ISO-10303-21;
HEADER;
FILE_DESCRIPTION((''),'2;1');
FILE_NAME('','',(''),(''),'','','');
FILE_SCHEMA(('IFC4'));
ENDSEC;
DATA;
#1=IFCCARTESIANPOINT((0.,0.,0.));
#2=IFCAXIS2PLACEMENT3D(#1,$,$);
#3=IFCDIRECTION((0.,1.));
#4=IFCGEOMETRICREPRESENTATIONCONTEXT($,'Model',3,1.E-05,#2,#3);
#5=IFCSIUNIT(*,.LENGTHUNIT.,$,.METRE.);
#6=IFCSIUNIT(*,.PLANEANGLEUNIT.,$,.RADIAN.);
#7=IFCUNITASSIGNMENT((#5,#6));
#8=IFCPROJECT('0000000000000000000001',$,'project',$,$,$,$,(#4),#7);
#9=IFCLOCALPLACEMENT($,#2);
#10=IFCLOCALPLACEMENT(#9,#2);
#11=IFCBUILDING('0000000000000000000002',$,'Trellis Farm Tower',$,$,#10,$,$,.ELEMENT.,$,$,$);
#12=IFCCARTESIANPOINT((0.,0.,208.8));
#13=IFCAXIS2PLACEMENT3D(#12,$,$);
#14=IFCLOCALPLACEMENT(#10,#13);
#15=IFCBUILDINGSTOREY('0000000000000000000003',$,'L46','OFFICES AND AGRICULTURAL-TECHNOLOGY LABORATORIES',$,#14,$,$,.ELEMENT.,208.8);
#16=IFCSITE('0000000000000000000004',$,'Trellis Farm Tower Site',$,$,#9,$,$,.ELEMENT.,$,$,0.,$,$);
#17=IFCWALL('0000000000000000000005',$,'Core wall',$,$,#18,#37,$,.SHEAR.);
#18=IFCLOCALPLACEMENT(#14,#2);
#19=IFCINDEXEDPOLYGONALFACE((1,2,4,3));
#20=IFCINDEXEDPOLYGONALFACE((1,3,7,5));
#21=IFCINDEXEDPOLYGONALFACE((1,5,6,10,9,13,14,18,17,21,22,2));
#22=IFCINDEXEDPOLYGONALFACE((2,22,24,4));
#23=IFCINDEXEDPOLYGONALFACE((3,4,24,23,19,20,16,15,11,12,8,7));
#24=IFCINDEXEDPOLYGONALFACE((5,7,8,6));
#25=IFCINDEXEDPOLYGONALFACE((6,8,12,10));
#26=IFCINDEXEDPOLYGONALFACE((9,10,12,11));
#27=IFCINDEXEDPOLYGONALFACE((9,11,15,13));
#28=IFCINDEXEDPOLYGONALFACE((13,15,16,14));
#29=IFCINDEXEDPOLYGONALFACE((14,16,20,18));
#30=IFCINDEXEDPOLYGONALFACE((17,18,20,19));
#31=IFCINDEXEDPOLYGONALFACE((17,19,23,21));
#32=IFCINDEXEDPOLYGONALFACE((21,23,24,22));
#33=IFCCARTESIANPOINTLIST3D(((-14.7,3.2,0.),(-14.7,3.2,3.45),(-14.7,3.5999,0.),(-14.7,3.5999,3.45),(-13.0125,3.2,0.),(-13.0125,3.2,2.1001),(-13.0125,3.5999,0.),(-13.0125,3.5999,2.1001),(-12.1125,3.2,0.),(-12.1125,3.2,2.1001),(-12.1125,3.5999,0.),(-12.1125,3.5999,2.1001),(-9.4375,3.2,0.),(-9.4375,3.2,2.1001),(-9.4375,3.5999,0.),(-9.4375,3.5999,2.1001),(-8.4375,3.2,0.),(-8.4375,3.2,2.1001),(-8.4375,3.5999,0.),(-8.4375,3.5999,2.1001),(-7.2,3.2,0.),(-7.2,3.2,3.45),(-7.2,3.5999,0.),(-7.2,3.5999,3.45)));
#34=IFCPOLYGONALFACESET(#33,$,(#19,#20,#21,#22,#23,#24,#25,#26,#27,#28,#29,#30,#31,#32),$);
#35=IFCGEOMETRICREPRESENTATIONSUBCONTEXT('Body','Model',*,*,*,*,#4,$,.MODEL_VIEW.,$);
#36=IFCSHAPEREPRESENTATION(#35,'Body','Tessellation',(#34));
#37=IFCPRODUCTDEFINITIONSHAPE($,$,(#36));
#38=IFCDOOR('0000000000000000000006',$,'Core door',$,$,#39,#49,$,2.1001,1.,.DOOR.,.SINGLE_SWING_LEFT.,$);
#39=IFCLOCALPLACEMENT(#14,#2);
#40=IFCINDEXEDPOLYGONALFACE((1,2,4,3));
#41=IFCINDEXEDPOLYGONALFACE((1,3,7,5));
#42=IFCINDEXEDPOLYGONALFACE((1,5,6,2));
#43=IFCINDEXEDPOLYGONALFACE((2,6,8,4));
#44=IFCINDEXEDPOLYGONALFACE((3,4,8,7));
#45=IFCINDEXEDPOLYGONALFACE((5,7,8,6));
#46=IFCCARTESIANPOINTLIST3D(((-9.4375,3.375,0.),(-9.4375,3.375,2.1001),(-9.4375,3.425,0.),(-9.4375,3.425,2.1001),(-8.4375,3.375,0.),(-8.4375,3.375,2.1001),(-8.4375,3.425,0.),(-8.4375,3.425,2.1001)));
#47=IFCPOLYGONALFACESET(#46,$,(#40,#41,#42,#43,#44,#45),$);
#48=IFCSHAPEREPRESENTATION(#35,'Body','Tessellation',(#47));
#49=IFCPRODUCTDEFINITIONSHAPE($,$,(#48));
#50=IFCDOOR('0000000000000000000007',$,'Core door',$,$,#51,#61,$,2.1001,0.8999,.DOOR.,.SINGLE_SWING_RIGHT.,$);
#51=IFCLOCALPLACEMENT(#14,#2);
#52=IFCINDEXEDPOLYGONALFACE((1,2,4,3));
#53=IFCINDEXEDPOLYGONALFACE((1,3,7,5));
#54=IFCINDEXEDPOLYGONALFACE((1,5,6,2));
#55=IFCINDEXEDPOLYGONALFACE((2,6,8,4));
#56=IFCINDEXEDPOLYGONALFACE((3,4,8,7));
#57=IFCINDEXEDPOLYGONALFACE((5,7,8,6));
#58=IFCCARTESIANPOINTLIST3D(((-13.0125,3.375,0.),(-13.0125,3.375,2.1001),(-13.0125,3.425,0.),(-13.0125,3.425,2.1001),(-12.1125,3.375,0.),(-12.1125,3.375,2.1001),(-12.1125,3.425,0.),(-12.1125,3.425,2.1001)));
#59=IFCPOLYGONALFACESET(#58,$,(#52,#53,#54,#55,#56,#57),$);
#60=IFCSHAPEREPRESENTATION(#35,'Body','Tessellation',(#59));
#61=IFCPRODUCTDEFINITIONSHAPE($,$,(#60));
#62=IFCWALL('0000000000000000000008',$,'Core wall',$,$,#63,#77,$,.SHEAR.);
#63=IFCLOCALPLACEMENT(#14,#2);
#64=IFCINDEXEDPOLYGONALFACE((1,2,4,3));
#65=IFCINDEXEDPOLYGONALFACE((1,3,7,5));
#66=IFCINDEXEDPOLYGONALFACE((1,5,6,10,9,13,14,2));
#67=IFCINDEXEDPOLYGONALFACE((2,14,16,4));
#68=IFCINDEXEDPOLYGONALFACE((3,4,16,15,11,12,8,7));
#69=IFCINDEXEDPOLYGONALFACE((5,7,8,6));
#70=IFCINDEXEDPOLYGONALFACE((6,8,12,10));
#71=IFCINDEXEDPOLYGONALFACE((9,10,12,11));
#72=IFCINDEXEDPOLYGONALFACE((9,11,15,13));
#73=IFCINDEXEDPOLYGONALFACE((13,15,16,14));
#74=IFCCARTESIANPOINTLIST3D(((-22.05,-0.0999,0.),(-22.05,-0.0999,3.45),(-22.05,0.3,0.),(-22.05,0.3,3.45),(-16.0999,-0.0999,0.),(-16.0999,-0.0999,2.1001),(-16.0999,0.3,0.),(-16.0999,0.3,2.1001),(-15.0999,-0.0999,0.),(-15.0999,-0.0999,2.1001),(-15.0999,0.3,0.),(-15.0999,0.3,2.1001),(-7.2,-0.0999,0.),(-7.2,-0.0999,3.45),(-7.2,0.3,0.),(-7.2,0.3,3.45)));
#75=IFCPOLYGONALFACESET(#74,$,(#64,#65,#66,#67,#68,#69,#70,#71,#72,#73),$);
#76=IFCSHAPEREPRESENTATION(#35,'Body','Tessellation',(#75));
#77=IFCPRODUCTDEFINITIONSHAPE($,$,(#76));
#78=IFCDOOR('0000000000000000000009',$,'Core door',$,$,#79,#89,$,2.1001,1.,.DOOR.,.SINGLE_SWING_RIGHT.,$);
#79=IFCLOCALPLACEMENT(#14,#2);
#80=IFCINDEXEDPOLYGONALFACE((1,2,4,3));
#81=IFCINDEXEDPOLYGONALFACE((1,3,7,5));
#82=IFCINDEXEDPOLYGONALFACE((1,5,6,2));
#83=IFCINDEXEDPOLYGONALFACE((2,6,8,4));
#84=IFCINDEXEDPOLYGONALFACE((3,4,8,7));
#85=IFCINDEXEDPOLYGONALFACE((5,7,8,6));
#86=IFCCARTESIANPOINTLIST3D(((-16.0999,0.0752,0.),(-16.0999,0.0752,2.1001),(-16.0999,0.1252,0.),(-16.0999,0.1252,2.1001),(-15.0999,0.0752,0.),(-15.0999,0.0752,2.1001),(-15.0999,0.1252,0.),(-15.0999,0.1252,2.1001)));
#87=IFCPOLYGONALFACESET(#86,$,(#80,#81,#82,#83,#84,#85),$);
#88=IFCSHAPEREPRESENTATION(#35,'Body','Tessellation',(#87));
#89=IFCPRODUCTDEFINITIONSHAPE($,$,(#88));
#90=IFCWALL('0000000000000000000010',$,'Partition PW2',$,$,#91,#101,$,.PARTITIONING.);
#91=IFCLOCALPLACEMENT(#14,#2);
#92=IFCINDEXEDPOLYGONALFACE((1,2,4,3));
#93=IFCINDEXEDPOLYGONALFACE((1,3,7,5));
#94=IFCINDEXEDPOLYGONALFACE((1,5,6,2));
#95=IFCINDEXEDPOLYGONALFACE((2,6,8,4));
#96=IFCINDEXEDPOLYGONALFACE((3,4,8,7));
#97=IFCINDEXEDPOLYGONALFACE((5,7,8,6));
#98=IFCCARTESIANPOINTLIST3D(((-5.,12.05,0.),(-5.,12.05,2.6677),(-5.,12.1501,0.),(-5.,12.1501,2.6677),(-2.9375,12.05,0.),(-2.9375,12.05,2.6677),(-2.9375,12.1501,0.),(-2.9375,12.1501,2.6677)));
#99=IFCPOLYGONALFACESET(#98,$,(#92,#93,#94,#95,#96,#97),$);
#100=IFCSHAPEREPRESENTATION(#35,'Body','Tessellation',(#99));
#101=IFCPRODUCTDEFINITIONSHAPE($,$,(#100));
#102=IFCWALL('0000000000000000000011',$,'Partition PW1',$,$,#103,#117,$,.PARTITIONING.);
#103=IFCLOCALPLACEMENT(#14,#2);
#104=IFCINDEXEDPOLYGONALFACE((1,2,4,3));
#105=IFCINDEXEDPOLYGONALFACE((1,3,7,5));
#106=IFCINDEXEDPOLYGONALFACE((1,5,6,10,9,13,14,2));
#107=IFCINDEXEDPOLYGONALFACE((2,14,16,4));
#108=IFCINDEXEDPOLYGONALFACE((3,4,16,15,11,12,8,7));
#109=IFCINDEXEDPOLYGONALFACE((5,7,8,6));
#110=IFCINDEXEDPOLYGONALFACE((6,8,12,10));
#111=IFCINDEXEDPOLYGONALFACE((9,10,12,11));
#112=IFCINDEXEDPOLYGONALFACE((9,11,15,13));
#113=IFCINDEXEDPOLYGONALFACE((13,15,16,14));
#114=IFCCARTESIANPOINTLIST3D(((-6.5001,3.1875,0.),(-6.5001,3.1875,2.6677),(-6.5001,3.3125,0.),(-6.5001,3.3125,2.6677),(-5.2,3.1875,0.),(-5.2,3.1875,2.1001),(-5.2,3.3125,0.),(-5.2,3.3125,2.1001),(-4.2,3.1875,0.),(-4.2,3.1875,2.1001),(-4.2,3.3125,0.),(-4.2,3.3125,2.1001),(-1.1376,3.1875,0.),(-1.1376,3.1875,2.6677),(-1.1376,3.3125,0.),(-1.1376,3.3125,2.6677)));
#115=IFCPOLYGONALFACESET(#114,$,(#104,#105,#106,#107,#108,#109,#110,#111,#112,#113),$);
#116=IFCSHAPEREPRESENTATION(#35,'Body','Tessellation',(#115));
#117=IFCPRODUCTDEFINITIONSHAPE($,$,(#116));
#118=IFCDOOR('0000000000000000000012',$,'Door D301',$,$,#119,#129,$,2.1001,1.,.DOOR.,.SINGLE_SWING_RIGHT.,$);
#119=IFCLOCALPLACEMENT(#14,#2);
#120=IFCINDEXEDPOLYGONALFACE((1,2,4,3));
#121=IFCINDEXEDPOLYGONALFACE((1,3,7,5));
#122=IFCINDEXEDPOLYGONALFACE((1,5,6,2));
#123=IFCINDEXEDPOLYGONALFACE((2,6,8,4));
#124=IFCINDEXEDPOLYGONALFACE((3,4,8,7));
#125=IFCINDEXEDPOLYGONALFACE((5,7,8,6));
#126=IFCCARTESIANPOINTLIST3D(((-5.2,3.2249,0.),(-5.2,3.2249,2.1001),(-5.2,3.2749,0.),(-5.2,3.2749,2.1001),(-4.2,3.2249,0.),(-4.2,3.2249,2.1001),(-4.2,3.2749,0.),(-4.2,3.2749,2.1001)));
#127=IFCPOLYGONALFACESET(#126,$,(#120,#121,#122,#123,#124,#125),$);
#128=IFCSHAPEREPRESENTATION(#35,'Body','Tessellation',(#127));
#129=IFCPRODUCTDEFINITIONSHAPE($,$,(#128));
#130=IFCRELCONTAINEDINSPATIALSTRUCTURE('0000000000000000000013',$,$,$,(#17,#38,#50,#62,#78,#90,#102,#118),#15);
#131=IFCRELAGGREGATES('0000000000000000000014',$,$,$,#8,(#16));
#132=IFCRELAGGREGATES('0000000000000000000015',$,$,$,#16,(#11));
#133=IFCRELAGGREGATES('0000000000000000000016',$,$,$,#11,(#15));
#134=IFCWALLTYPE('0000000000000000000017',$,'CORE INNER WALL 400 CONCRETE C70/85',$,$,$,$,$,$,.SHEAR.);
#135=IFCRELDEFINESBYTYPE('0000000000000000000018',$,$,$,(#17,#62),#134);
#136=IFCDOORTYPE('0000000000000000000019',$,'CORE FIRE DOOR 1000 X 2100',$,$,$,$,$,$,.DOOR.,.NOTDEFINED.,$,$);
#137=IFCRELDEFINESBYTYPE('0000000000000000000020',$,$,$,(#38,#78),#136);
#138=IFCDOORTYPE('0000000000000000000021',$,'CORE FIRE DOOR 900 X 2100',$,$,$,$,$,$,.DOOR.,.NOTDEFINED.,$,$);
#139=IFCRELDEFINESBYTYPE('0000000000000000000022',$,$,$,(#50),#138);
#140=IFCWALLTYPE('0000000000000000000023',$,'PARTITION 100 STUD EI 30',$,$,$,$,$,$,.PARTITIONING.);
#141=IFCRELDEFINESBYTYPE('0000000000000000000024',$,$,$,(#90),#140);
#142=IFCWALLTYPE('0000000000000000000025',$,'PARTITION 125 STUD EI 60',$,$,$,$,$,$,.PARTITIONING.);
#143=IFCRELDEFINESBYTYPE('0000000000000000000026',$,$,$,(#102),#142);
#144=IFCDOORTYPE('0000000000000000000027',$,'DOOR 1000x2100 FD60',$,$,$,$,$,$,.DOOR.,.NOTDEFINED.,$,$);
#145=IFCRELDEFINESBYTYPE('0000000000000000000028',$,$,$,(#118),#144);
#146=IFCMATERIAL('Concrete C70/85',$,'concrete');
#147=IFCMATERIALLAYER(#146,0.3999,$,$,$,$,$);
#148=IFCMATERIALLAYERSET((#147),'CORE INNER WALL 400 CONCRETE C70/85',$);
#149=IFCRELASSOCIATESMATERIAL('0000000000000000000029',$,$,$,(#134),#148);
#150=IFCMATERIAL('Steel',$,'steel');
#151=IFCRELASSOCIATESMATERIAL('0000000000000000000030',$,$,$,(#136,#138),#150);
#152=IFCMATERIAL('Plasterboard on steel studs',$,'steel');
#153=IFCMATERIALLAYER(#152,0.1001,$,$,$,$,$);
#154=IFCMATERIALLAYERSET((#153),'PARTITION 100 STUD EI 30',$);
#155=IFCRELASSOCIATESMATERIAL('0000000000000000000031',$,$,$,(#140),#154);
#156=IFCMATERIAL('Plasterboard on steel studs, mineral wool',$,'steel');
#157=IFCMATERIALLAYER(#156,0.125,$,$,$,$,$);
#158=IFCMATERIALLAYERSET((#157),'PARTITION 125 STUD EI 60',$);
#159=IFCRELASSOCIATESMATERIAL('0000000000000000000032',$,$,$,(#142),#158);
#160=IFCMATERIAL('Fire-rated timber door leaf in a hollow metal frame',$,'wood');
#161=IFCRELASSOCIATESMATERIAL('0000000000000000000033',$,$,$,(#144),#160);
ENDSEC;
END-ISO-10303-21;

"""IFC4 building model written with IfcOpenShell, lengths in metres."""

from ifc_helpers import new_model, si_unit, direction, frame, frame_2d, origin, place, context, subcontext, project, spatial, rectangle, extrude, source, transform, mapped, material, layer, layer_set, type_object, element, fill, save


model = new_model("IFC4")

# Units and contexts
model_context = context("Model", 3, precision=1e-05, world=origin(), true_north=direction((0.0, 1.0)))
body_context = subcontext(model_context, "Body", "Model", "MODEL_VIEW")
ifc_project = project(units=[si_unit("LENGTHUNIT", "METRE"), si_unit("PLANEANGLEUNIT", "RADIAN")], contexts=[model_context])

# Site, building, storey
site_placement = place(None, origin())
site = spatial("IfcSite", under=ifc_project, at=site_placement, Name="Trellis Farm Tower Site", CompositionType="ELEMENT", RefElevation=0.0)
building_placement = place(site_placement, origin())
building = spatial("IfcBuilding", under=site, at=building_placement, Name="Trellis Farm Tower", CompositionType="ELEMENT")
storey_placement = place(building_placement, frame((0.0, 0.0, 208.8)))
storey = spatial("IfcBuildingStorey", under=building, at=storey_placement, Name="L46", Description="OFFICES AND AGRICULTURAL-TECHNOLOGY LABORATORIES", CompositionType="ELEMENT", Elevation=208.8)

# Shared definitions
ifc_material_1 = material(Name="Concrete C70/85", Category="concrete")

# Shared definitions
ifc_material_2 = material(Name="Steel", Category="steel")

# Wall, openings, doors
ifc_layer_1 = layer(ifc_material_1, 0.3999)
ifc_layer_set_1 = layer_set([ifc_layer_1], Name="CORE INNER WALL 400 CONCRETE C70/85")
wall_type_1 = type_object("IfcWallType", Name="CORE INNER WALL 400 CONCRETE C70/85", PredefinedType="SHEAR", material=ifc_layer_set_1)
shared_shape_1 = source(origin(), body_context, "Body", "SweptSolid", [
    extrude(rectangle(XDim=7.5, YDim=0.3999, at=frame_2d((3.75, 0.0))), origin(), (0.0, 0.0, 1.0), 3.45),
])
wall_1_placement = place(storey_placement, frame((-7.2, 3.3999, 0.0), z_axis=(0.0, 0.0, 1.0), x_axis=(-1.0, 0.0, 0.0)))
wall_1 = element("IfcWall", 1, at=wall_1_placement, inside=storey, type_object=wall_type_1, Name="Core wall", PredefinedType="SHEAR", context=body_context, shape_type="MappedRepresentation", body=[
    mapped(shared_shape_1, transform((0.0, 0.0, 0.0))),
])
shared_shape_2 = source(origin(), body_context, "Body", "SweptSolid", [
    extrude(rectangle(XDim=1.0, YDim=2.1001, at=frame_2d((0.5, 1.05))), frame((0.0, 0.21, 0.0), z_axis=(0.0, -1.0, 0.0), x_axis=(1.0, 0.0, 0.0)), (0.0, 0.0, 1.0), 0.4199),
])
opening_1_placement = place(wall_1_placement, frame((1.2375, 0.0, 0.0)))
opening_1 = element("IfcOpeningElement", 2, at=opening_1_placement, cuts=wall_1, PredefinedType="OPENING", context=body_context, shape_type="MappedRepresentation", body=[
    mapped(shared_shape_2, transform((0.0, 0.0, 0.0))),
])
shared_shape_3 = source(origin(), body_context, "Body", "SweptSolid", [
    extrude(rectangle(XDim=0.8999, YDim=2.1001, at=frame_2d((0.45, 1.05))), frame((0.0, 0.21, 0.0), z_axis=(0.0, -1.0, 0.0), x_axis=(1.0, 0.0, 0.0)), (0.0, 0.0, 1.0), 0.4199),
])
opening_2_placement = place(wall_1_placement, frame((4.9126, 0.0, 0.0)))
opening_2 = element("IfcOpeningElement", 3, at=opening_2_placement, cuts=wall_1, PredefinedType="OPENING", context=body_context, shape_type="MappedRepresentation", body=[
    mapped(shared_shape_3, transform((0.0, 0.0, 0.0))),
])
door_type_1 = type_object("IfcDoorType", Name="CORE FIRE DOOR 1000 X 2100", OperationType="NOTDEFINED", PredefinedType="DOOR", material=ifc_material_2)
shared_shape_4 = source(origin(), body_context, "Body", "SweptSolid", [
    extrude(rectangle(XDim=1.0, YDim=2.1001, at=frame_2d((0.5, 1.05))), frame((0.0, 0.0249, 0.0), z_axis=(0.0, -1.0, 0.0), x_axis=(1.0, 0.0, 0.0)), (0.0, 0.0, 1.0), 0.05),
])
door_1_placement = place(opening_1_placement, origin())
door_1 = element("IfcDoor", 4, at=door_1_placement, inside=storey, type_object=door_type_1, Name="Core door", OperationType="SINGLE_SWING_LEFT", OverallHeight=2.1001, OverallWidth=1.0, PredefinedType="DOOR", context=body_context, shape_type="MappedRepresentation", body=[
    mapped(shared_shape_4, transform((0.0, 0.0, 0.0))),
])
fill(opening_1, door_1)
door_type_2 = type_object("IfcDoorType", Name="CORE FIRE DOOR 900 X 2100", OperationType="NOTDEFINED", PredefinedType="DOOR", material=ifc_material_2)
shared_shape_5 = source(origin(), body_context, "Body", "SweptSolid", [
    extrude(rectangle(XDim=0.8999, YDim=2.1001, at=frame_2d((0.45, 1.05))), frame((0.0, 0.0249, 0.0), z_axis=(0.0, -1.0, 0.0), x_axis=(1.0, 0.0, 0.0)), (0.0, 0.0, 1.0), 0.05),
])
door_2_placement = place(opening_2_placement, origin())
door_2 = element("IfcDoor", 5, at=door_2_placement, inside=storey, type_object=door_type_2, Name="Core door", OperationType="SINGLE_SWING_RIGHT", OverallHeight=2.1001, OverallWidth=0.8999, PredefinedType="DOOR", context=body_context, shape_type="MappedRepresentation", body=[
    mapped(shared_shape_5, transform((0.0, 0.0, 0.0))),
])
fill(opening_2, door_2)

# Wall, opening, door
shared_shape_6 = source(origin(), body_context, "Body", "SweptSolid", [
    extrude(rectangle(XDim=14.8501, YDim=0.3999, at=frame_2d((7.425, 0.0))), origin(), (0.0, 0.0, 1.0), 3.45),
])
wall_2_placement = place(storey_placement, frame((-7.2, 0.1001, 0.0), z_axis=(0.0, 0.0, 1.0), x_axis=(-1.0, 0.0, 0.0)))
wall_2 = element("IfcWall", 6, at=wall_2_placement, inside=storey, type_object=wall_type_1, Name="Core wall", PredefinedType="SHEAR", context=body_context, shape_type="MappedRepresentation", body=[
    mapped(shared_shape_6, transform((0.0, 0.0, 0.0))),
])
opening_3_placement = place(wall_2_placement, frame((7.8999, 0.0, 0.0)))
opening_3 = element("IfcOpeningElement", 7, at=opening_3_placement, cuts=wall_2, PredefinedType="OPENING", context=body_context, shape_type="MappedRepresentation", body=[
    mapped(shared_shape_2, transform((0.0, 0.0, 0.0))),
])
door_3_placement = place(opening_3_placement, origin())
door_3 = element("IfcDoor", 8, at=door_3_placement, inside=storey, type_object=door_type_1, Name="Core door", OperationType="SINGLE_SWING_RIGHT", OverallHeight=2.1001, OverallWidth=1.0, PredefinedType="DOOR", context=body_context, shape_type="MappedRepresentation", body=[
    mapped(shared_shape_4, transform((0.0, 0.0, 0.0))),
])
fill(opening_3, door_3)

# Wall
ifc_material_3 = material(Name="Plasterboard on steel studs", Category="steel")
ifc_layer_2 = layer(ifc_material_3, 0.1001)
ifc_layer_set_2 = layer_set([ifc_layer_2], Name="PARTITION 100 STUD EI 30")
wall_type_2 = type_object("IfcWallType", Name="PARTITION 100 STUD EI 30", PredefinedType="PARTITIONING", material=ifc_layer_set_2)
shared_shape_7 = source(origin(), body_context, "Body", "SweptSolid", [
    extrude(rectangle(XDim=2.0625, YDim=0.1001, at=frame_2d((1.0312, 0.0))), origin(), (0.0, 0.0, 1.0), 2.6677),
])
wall_3_placement = place(storey_placement, frame((-5.0, 12.1001, 0.0), z_axis=(0.0, 0.0, 1.0), x_axis=(1.0, 0.0, 0.0)))
element("IfcWall", 9, at=wall_3_placement, inside=storey, type_object=wall_type_2, Name="Partition PW2", PredefinedType="PARTITIONING", context=body_context, shape_type="MappedRepresentation", body=[
    mapped(shared_shape_7, transform((0.0, 0.0, 0.0))),
])

# Wall, opening, door
ifc_material_4 = material(Name="Plasterboard on steel studs, mineral wool", Category="steel")
ifc_layer_3 = layer(ifc_material_4, 0.125)
ifc_layer_set_3 = layer_set([ifc_layer_3], Name="PARTITION 125 STUD EI 60")
wall_type_3 = type_object("IfcWallType", Name="PARTITION 125 STUD EI 60", PredefinedType="PARTITIONING", material=ifc_layer_set_3)
shared_shape_8 = source(origin(), body_context, "Body", "SweptSolid", [
    extrude(rectangle(XDim=5.3625, YDim=0.125, at=frame_2d((2.6812, 0.0))), origin(), (0.0, 0.0, 1.0), 2.6677),
])
wall_4_placement = place(storey_placement, frame((-6.5, 3.25, 0.0), z_axis=(0.0, 0.0, 1.0), x_axis=(1.0, 0.0, 0.0)))
wall_4 = element("IfcWall", 10, at=wall_4_placement, inside=storey, type_object=wall_type_3, Name="Partition PW1", PredefinedType="PARTITIONING", context=body_context, shape_type="MappedRepresentation", body=[
    mapped(shared_shape_8, transform((0.0, 0.0, 0.0))),
])
shared_shape_9 = source(origin(), body_context, "Body", "SweptSolid", [
    extrude(rectangle(XDim=1.0, YDim=2.1001, at=frame_2d((0.5, 1.05))), frame((0.0, 0.0725, 0.0), z_axis=(0.0, -1.0, 0.0), x_axis=(1.0, 0.0, 0.0)), (0.0, 0.0, 1.0), 0.145),
])
opening_4_placement = place(wall_4_placement, frame((1.3, 0.0, 0.0)))
opening_4 = element("IfcOpeningElement", 11, at=opening_4_placement, cuts=wall_4, PredefinedType="OPENING", context=body_context, shape_type="MappedRepresentation", body=[
    mapped(shared_shape_9, transform((0.0, 0.0, 0.0))),
])
ifc_material_5 = material(Name="Fire-rated timber door leaf in a hollow metal frame", Category="wood")
door_type_3 = type_object("IfcDoorType", Name="DOOR 1000x2100 FD60", OperationType="NOTDEFINED", PredefinedType="DOOR", material=ifc_material_5)
door_4_placement = place(opening_4_placement, origin())
door_4 = element("IfcDoor", 12, at=door_4_placement, inside=storey, type_object=door_type_3, Name="Door D301", OperationType="SINGLE_SWING_RIGHT", OverallHeight=2.1001, OverallWidth=1.0, PredefinedType="DOOR", context=body_context, shape_type="MappedRepresentation", body=[
    mapped(shared_shape_4, transform((0.0, 0.0, 0.0))),
])
fill(opening_4, door_4)

save(model, "model.ifc")
